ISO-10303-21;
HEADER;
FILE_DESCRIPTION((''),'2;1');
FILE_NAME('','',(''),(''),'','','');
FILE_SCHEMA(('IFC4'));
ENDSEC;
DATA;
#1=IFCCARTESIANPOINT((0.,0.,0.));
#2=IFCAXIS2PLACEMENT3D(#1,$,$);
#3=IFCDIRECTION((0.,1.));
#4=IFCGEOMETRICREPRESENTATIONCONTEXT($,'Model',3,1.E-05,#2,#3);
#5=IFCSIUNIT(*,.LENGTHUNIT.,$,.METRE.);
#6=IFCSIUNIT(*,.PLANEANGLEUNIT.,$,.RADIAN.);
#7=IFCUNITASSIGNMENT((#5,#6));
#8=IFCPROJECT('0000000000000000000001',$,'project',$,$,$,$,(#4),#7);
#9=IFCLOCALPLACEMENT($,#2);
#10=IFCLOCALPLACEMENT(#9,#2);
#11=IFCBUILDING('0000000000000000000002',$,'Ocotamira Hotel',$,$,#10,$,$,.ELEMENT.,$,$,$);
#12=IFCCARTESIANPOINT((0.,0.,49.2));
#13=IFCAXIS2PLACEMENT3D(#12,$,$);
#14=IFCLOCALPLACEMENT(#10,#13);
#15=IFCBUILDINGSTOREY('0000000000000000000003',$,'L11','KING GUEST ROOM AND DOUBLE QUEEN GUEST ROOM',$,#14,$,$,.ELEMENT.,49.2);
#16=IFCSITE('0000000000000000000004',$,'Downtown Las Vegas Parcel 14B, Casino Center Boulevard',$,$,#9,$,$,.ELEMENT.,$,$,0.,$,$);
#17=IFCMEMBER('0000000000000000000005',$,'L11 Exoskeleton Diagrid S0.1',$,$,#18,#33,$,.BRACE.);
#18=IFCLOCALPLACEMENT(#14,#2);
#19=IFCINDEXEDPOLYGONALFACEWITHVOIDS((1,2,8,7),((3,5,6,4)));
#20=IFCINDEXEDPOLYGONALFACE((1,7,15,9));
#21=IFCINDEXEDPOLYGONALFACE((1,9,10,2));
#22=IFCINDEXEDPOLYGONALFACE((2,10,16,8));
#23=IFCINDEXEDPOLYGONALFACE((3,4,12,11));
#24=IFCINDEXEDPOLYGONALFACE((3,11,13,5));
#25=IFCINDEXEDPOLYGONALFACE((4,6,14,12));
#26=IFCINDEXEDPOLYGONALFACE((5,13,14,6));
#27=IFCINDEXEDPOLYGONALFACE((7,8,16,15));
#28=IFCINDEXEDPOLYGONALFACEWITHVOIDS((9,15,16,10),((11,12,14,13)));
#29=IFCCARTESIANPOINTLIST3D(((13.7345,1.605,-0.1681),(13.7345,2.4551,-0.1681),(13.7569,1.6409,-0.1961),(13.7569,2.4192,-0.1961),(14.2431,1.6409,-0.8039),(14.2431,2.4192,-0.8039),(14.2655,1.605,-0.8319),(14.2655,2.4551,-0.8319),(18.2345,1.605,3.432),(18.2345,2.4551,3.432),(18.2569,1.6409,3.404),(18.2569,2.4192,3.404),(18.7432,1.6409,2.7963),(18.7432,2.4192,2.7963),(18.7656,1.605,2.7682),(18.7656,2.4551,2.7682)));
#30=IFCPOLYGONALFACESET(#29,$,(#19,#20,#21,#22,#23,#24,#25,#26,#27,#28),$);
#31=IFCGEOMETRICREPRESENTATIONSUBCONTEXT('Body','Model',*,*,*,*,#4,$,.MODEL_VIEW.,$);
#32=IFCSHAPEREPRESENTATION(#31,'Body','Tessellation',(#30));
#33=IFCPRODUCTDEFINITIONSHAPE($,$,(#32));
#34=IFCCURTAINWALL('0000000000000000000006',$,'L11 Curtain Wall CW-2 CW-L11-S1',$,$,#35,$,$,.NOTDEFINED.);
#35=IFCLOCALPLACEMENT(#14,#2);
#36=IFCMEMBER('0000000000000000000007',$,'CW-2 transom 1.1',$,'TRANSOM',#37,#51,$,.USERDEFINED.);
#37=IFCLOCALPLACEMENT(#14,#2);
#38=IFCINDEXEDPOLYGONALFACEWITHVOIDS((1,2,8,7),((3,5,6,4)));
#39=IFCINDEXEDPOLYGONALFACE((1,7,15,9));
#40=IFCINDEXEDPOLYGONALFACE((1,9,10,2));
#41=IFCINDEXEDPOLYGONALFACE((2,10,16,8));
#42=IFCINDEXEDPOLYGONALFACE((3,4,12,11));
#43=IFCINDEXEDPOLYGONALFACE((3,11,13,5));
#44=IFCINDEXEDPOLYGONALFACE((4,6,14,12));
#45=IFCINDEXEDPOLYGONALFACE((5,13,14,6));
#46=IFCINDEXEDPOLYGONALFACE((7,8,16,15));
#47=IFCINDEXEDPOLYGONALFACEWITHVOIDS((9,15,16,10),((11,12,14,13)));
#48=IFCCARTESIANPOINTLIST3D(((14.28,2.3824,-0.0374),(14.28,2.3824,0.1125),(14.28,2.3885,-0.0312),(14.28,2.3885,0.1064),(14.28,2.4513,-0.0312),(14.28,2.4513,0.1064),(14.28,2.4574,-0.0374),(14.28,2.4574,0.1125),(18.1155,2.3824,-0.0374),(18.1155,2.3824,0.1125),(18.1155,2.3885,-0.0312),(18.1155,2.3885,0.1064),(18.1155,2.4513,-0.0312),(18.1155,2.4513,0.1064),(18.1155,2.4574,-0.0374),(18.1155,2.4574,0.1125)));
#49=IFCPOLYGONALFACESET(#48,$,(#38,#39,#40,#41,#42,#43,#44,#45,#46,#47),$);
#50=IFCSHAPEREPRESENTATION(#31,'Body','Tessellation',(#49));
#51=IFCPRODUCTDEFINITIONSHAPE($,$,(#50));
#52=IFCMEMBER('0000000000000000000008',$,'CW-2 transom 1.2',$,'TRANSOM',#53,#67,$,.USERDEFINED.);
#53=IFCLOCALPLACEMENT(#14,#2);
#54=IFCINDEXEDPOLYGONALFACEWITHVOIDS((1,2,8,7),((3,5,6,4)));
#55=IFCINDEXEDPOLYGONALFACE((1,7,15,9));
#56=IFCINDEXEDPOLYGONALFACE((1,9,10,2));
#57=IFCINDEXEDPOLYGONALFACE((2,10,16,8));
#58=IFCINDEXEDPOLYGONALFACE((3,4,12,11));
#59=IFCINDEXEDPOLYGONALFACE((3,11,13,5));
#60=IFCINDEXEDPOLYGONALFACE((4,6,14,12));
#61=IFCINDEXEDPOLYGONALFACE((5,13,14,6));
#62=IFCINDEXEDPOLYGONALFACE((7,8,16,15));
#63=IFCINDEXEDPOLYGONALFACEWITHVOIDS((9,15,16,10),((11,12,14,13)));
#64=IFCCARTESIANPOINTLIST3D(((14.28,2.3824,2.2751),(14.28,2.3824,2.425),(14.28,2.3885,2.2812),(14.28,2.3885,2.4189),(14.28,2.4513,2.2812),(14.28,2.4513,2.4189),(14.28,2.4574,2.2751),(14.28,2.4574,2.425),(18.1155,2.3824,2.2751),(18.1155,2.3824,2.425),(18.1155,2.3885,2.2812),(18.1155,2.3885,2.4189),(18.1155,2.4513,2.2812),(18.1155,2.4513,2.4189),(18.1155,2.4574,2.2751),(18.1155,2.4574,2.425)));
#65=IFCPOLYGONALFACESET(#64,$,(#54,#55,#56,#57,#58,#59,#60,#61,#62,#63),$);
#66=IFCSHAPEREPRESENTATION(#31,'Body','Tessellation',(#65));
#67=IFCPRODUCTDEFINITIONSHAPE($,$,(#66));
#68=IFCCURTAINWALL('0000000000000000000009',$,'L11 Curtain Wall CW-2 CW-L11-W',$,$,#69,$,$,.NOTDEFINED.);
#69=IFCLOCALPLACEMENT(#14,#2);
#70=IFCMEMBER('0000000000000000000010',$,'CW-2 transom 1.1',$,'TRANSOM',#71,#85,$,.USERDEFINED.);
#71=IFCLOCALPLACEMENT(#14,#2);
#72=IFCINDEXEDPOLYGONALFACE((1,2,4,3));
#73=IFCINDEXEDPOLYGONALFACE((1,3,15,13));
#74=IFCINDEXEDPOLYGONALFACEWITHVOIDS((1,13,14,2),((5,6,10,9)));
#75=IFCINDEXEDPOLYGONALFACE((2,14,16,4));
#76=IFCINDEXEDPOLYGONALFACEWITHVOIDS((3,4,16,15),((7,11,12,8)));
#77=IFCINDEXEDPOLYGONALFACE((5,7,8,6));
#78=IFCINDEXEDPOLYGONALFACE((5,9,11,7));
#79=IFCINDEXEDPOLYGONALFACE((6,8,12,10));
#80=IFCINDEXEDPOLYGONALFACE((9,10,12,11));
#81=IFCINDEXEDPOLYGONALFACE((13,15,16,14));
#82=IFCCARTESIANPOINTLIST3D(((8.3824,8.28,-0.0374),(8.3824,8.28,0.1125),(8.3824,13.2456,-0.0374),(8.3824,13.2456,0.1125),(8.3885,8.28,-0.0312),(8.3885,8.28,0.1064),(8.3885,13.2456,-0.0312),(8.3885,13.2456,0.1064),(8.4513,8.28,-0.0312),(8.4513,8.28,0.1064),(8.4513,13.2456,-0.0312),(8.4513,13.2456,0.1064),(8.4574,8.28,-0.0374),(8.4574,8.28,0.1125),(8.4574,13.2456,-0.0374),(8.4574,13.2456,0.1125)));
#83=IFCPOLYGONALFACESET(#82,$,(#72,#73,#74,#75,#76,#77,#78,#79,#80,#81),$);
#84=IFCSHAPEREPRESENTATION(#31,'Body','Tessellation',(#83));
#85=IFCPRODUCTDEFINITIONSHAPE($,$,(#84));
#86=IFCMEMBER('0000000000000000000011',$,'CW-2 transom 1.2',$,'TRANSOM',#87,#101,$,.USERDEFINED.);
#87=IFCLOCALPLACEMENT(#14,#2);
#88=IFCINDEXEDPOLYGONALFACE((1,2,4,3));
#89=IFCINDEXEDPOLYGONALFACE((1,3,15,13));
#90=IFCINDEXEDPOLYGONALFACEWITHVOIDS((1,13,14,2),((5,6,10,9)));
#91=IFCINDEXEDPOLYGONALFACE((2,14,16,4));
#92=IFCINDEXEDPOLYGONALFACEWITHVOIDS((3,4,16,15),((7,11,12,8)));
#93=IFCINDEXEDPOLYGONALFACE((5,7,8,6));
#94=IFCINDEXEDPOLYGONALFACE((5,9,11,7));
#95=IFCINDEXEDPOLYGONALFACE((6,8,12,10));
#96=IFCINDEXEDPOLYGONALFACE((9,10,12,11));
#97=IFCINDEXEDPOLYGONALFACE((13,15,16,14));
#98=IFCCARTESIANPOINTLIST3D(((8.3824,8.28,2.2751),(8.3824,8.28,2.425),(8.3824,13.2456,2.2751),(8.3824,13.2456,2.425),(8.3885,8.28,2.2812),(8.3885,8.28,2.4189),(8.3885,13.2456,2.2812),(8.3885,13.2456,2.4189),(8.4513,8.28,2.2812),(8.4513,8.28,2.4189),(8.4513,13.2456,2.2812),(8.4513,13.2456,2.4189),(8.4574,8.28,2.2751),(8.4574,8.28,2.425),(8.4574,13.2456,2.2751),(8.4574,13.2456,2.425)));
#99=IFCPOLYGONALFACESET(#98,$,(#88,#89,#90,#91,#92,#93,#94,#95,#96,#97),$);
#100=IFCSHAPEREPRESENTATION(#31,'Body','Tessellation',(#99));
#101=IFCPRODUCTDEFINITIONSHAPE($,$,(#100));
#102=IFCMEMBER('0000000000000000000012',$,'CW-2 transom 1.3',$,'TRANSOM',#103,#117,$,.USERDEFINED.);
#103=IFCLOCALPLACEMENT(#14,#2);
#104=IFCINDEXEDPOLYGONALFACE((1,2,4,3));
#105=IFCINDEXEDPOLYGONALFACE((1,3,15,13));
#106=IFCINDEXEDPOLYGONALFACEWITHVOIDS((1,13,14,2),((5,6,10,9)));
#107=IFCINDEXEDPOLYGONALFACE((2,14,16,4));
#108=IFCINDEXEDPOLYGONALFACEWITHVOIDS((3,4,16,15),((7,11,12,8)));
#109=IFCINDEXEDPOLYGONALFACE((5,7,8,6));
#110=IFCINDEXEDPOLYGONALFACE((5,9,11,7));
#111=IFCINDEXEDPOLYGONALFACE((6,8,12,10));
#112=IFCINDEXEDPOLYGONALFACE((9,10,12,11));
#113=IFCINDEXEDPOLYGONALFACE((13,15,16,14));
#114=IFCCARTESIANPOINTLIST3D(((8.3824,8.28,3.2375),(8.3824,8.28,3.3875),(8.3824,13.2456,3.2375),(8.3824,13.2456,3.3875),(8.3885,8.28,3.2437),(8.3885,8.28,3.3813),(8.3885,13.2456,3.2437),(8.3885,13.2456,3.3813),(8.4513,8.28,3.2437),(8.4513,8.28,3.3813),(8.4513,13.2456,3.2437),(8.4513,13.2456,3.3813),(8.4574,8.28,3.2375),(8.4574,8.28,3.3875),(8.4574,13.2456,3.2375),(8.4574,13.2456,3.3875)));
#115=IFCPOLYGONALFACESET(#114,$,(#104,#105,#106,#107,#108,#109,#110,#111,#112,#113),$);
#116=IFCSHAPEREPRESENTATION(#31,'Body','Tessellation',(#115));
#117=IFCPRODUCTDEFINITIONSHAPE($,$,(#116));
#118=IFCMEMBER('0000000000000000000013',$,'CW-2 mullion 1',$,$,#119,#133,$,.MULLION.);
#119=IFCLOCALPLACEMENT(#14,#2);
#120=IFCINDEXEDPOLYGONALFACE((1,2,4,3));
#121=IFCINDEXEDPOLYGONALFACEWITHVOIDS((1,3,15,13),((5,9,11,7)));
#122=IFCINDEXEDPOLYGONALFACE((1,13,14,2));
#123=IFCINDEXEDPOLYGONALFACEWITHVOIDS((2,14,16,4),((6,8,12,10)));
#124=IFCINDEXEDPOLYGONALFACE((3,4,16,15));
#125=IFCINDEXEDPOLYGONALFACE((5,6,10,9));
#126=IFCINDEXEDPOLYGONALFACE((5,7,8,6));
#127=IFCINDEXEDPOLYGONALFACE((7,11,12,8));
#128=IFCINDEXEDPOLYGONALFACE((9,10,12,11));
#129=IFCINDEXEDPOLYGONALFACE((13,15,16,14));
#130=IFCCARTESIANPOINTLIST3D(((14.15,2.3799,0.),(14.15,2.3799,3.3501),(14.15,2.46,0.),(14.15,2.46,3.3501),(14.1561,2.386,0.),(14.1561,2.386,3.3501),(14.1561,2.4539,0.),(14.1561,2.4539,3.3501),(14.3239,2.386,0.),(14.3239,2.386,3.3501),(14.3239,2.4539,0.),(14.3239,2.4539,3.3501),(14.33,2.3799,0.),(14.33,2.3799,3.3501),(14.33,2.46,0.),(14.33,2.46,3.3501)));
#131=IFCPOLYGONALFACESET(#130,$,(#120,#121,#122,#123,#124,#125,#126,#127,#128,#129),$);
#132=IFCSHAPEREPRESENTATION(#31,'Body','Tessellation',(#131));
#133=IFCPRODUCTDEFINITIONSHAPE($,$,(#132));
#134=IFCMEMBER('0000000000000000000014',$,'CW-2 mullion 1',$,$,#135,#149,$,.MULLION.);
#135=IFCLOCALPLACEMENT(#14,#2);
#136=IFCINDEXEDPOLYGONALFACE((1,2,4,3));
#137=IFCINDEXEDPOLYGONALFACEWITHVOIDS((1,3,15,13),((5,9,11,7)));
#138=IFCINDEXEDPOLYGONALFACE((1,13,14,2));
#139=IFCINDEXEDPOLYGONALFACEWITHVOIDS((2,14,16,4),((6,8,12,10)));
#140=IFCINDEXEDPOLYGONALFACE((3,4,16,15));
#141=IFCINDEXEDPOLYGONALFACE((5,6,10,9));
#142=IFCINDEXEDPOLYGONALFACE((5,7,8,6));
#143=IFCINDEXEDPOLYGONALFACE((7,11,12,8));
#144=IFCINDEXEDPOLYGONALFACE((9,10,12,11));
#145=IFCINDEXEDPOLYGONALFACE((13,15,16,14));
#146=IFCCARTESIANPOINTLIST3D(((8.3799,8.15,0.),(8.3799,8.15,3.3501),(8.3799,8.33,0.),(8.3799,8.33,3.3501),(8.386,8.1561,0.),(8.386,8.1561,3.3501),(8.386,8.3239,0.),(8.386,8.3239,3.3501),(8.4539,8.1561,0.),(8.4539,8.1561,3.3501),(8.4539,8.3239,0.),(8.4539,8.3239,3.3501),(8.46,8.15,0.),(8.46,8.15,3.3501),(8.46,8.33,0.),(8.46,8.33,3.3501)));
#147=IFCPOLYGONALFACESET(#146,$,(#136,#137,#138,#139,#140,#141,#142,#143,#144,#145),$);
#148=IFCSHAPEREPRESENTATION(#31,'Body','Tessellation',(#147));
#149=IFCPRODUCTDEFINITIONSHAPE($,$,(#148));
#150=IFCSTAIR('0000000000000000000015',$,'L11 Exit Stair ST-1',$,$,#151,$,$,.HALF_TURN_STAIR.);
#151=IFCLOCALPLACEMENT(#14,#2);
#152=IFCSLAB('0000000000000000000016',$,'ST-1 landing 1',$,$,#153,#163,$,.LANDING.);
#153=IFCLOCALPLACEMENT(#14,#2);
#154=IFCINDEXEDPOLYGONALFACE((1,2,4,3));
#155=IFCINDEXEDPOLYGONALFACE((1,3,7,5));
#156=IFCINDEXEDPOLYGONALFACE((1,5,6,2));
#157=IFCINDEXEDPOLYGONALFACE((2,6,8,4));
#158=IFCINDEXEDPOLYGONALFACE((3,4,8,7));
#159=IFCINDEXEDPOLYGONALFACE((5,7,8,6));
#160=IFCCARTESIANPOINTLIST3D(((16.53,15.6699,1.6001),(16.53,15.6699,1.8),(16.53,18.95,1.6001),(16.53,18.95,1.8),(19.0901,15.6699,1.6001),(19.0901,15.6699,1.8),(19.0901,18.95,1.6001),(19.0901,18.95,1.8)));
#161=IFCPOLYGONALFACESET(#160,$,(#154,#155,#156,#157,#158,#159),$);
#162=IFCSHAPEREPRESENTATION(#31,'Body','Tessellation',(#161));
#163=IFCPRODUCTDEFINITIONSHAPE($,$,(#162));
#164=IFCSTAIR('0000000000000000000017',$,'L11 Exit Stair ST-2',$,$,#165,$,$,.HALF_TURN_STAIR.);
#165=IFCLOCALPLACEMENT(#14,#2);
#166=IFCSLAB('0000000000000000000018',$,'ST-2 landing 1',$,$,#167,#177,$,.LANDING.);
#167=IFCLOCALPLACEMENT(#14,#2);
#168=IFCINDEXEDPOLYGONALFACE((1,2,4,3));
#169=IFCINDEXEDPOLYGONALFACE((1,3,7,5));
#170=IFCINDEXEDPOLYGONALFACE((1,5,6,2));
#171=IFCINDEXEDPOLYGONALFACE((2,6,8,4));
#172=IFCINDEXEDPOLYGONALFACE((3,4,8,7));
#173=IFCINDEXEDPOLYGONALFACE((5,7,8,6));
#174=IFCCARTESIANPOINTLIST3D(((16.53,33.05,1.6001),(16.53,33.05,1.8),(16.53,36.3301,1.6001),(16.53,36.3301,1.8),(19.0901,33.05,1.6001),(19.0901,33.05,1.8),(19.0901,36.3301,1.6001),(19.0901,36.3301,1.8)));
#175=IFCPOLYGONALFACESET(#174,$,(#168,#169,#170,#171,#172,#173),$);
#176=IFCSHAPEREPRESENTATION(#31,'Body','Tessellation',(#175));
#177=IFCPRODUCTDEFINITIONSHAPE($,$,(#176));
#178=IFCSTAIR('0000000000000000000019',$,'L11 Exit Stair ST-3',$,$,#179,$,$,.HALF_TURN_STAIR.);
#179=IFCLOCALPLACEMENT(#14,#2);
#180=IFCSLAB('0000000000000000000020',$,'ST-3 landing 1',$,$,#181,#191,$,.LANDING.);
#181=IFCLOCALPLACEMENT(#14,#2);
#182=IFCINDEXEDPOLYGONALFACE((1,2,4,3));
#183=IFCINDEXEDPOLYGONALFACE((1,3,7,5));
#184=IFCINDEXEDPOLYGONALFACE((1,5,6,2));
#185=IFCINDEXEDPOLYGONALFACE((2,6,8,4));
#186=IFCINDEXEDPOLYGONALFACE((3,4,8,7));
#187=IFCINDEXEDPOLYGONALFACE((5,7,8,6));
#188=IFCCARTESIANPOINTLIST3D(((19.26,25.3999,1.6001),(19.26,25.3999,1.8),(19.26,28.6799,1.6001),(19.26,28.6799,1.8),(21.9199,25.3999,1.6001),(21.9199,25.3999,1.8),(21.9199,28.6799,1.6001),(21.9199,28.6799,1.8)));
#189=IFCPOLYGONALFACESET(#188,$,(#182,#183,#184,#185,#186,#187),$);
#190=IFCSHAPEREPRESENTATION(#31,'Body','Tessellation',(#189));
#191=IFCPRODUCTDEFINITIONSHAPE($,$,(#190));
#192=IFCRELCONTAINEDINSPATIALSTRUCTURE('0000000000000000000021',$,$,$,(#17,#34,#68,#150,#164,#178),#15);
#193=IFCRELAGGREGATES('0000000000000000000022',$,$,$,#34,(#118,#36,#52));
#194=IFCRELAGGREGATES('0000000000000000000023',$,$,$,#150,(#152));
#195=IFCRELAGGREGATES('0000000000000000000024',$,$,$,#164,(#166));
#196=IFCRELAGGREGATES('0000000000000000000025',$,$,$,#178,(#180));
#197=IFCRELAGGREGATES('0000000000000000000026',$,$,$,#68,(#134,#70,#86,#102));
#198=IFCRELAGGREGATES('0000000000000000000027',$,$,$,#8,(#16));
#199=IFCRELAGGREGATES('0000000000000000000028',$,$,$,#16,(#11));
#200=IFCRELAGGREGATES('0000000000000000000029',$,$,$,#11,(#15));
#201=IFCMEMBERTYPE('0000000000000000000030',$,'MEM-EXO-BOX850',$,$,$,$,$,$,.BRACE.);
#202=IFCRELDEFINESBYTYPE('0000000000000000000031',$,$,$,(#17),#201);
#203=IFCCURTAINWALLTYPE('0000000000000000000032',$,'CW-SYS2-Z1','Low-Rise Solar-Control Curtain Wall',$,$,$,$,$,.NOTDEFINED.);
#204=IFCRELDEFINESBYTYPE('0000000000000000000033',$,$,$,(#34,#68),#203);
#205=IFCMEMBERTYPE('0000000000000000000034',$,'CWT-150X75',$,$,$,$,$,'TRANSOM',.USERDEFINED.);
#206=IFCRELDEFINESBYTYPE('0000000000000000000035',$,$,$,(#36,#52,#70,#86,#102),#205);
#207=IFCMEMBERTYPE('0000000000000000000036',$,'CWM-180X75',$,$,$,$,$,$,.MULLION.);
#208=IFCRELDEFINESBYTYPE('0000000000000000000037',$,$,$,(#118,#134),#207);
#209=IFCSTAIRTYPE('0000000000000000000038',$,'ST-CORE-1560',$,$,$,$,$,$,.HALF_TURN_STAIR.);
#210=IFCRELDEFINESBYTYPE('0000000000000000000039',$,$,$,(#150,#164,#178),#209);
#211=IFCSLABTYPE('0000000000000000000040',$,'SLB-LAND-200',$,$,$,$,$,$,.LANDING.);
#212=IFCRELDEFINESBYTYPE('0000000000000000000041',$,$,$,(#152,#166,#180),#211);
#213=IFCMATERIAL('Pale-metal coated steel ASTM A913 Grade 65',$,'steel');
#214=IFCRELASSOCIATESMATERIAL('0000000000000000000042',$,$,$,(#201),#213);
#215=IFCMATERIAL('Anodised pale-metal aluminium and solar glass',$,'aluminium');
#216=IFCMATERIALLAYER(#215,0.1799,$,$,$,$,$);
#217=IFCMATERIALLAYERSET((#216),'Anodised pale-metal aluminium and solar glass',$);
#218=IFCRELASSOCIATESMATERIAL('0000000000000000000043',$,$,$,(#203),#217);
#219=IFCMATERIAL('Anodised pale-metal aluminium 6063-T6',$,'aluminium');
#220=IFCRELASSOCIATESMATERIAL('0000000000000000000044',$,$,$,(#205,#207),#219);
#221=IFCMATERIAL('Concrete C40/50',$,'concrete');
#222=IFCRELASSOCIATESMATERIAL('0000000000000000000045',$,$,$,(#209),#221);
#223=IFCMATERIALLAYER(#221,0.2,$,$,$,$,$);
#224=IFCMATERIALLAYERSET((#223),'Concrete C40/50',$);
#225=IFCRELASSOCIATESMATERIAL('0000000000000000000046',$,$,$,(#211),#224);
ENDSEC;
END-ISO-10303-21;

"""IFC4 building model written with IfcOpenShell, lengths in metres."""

from ifc_helpers import new_model, si_unit, direction, frame, origin, origin_2d, place, context, subcontext, project, spatial, polyline, hollow_rectangle, outline, extrude, source, transform, mapped, material, layer, layer_set, material_profile, profile_set, type_object, element, aggregate, save


model = new_model("IFC4")

# Units and contexts
model_context = context("Model", 3, precision=1e-05, world=origin(), true_north=direction((0.0, 1.0)))
body_context = subcontext(model_context, "Body", "Model", "MODEL_VIEW")
ifc_project = project(units=[si_unit("LENGTHUNIT", "METRE"), si_unit("PLANEANGLEUNIT", "RADIAN")], contexts=[model_context])

# Site, building, storey
site_placement = place(None, origin())
site = spatial("IfcSite", under=ifc_project, at=site_placement, Name="Downtown Las Vegas Parcel 14B, Casino Center Boulevard", CompositionType="ELEMENT", RefElevation=0.0)
building_placement = place(site_placement, origin())
building = spatial("IfcBuilding", under=site, at=building_placement, Name="Ocotamira Hotel", CompositionType="ELEMENT")
storey_placement = place(building_placement, frame((0.0, 0.0, 49.2)))
storey = spatial("IfcBuildingStorey", under=building, at=storey_placement, Name="L11", Description="KING GUEST ROOM AND DOUBLE QUEEN GUEST ROOM", CompositionType="ELEMENT", Elevation=49.2)

# Member
ifc_material_1 = material(Name="Pale-metal coated steel ASTM A913 Grade 65", Category="steel")
ifc_material_profile_1 = material_profile(ifc_material_1, hollow_rectangle(XDim=0.8501, YDim=0.8501, WallThickness=0.0359, at=origin_2d()), Name="BOX850X850X36")
ifc_profile_set_1 = profile_set([ifc_material_profile_1], Name="Pale-metal coated steel ASTM A913 Grade 65")
member_type_1 = type_object("IfcMemberType", Name="MEM-EXO-BOX850", PredefinedType="BRACE", material=ifc_profile_set_1)
shared_shape_1 = source(origin(), body_context, "Body", "SweptSolid", [
    extrude(hollow_rectangle(XDim=0.8501, YDim=0.8501, WallThickness=0.0359, at=origin_2d()), origin(), (0.0, 0.0, 1.0), 5.7629),
])
member_1_placement = place(storey_placement, frame((14.0, 2.03, -0.5), z_axis=(0.780861, 0.0, 0.624705), x_axis=(0.0, 1.0, 0.0)))
element("IfcMember", 1, at=member_1_placement, inside=storey, type_object=member_type_1, Name="L11 Exoskeleton Diagrid S0.1", PredefinedType="BRACE", context=body_context, shape_type="MappedRepresentation", body=[
    mapped(shared_shape_1, transform((0.0, 0.0, 0.0), scale=1.0)),
])

# Curtain walls, members
ifc_material_2 = material(Name="Anodised pale-metal aluminium and solar glass", Category="aluminium")
ifc_layer_1 = layer(ifc_material_2, 0.1799)
ifc_layer_set_1 = layer_set([ifc_layer_1], Name="Anodised pale-metal aluminium and solar glass")
curtain_wall_type = type_object("IfcCurtainWallType", Name="CW-SYS2-Z1", Description="Low-Rise Solar-Control Curtain Wall", PredefinedType="NOTDEFINED", material=ifc_layer_set_1)
curtain_wall_1_placement = place(storey_placement, origin())
curtain_wall_1 = element("IfcCurtainWall", 2, at=curtain_wall_1_placement, inside=storey, type_object=curtain_wall_type, Name="L11 Curtain Wall CW-2 CW-L11-S1", PredefinedType="NOTDEFINED")
ifc_material_3 = material(Name="Anodised pale-metal aluminium 6063-T6", Category="aluminium")
ifc_material_profile_2 = material_profile(ifc_material_3, hollow_rectangle(XDim=0.075, YDim=0.1499, WallThickness=0.0061, at=origin_2d()), Name="HSS150X75X6")
ifc_profile_set_2 = profile_set([ifc_material_profile_2], Name="Anodised pale-metal aluminium 6063-T6")
member_type_2 = type_object("IfcMemberType", Name="CWT-150X75", ElementType="TRANSOM", PredefinedType="USERDEFINED", material=ifc_profile_set_2)
shared_shape_2 = source(origin(), body_context, "Body", "SweptSolid", [
    extrude(hollow_rectangle(XDim=0.075, YDim=0.1499, WallThickness=0.0061, at=origin_2d()), origin(), (0.0, 0.0, 1.0), 3.8354),
])
member_2_placement = place(storey_placement, frame((14.28, 2.4199, 0.0376), z_axis=(1.0, 0.0, 0.0), x_axis=(0.0, 1.0, 0.0)))
member_2 = element("IfcMember", 3, at=member_2_placement, type_object=member_type_2, Name="CW-2 transom 1.1", ObjectType="TRANSOM", PredefinedType="USERDEFINED", context=body_context, shape_type="MappedRepresentation", body=[
    mapped(shared_shape_2, transform((0.0, 0.0, 0.0), scale=1.0)),
])
member_3_placement = place(storey_placement, frame((14.28, 2.4199, 2.3501), z_axis=(1.0, 0.0, 0.0), x_axis=(0.0, 1.0, 0.0)))
member_3 = element("IfcMember", 4, at=member_3_placement, type_object=member_type_2, Name="CW-2 transom 1.2", ObjectType="TRANSOM", PredefinedType="USERDEFINED", context=body_context, shape_type="MappedRepresentation", body=[
    mapped(shared_shape_2, transform((0.0, 0.0, 0.0), scale=1.0)),
])
curtain_wall_2_placement = place(storey_placement, origin())
curtain_wall_2 = element("IfcCurtainWall", 5, at=curtain_wall_2_placement, inside=storey, type_object=curtain_wall_type, Name="L11 Curtain Wall CW-2 CW-L11-W", PredefinedType="NOTDEFINED")
shared_shape_3 = source(origin(), body_context, "Body", "SweptSolid", [
    extrude(hollow_rectangle(XDim=0.075, YDim=0.1499, WallThickness=0.0061, at=origin_2d()), origin(), (0.0, 0.0, 1.0), 4.9656),
])
member_4_placement = place(storey_placement, frame((8.4199, 8.28, 0.0376), z_axis=(0.0, 1.0, 0.0), x_axis=(-1.0, 0.0, 0.0)))
member_4 = element("IfcMember", 6, at=member_4_placement, type_object=member_type_2, Name="CW-2 transom 1.1", ObjectType="TRANSOM", PredefinedType="USERDEFINED", context=body_context, shape_type="MappedRepresentation", body=[
    mapped(shared_shape_3, transform((0.0, 0.0, 0.0), scale=1.0)),
])
member_5_placement = place(storey_placement, frame((8.4199, 8.28, 2.3501), z_axis=(0.0, 1.0, 0.0), x_axis=(-1.0, 0.0, 0.0)))
member_5 = element("IfcMember", 7, at=member_5_placement, type_object=member_type_2, Name="CW-2 transom 1.2", ObjectType="TRANSOM", PredefinedType="USERDEFINED", context=body_context, shape_type="MappedRepresentation", body=[
    mapped(shared_shape_3, transform((0.0, 0.0, 0.0), scale=1.0)),
])
member_6_placement = place(storey_placement, frame((8.4199, 8.28, 3.3125), z_axis=(0.0, 1.0, 0.0), x_axis=(-1.0, 0.0, 0.0)))
member_6 = element("IfcMember", 8, at=member_6_placement, type_object=member_type_2, Name="CW-2 transom 1.3", ObjectType="TRANSOM", PredefinedType="USERDEFINED", context=body_context, shape_type="MappedRepresentation", body=[
    mapped(shared_shape_3, transform((0.0, 0.0, 0.0), scale=1.0)),
])

# Members
ifc_material_profile_3 = material_profile(ifc_material_3, hollow_rectangle(XDim=0.0801, YDim=0.1799, WallThickness=0.0061, at=origin_2d()), Name="HSS180X80X6")
ifc_profile_set_3 = profile_set([ifc_material_profile_3], Name="Anodised pale-metal aluminium 6063-T6")
member_type_3 = type_object("IfcMemberType", Name="CWM-180X75", PredefinedType="MULLION", material=ifc_profile_set_3)
shared_shape_4 = source(origin(), body_context, "Body", "SweptSolid", [
    extrude(hollow_rectangle(XDim=0.0801, YDim=0.1799, WallThickness=0.0061, at=origin_2d()), origin(), (0.0, 0.0, 1.0), 3.3501),
])
member_7_placement = place(storey_placement, frame((14.24, 2.4199, 0.0), z_axis=(0.0, 0.0, 1.0), x_axis=(0.0, 1.0, 0.0)))
member_7 = element("IfcMember", 9, at=member_7_placement, type_object=member_type_3, Name="CW-2 mullion 1", PredefinedType="MULLION", context=body_context, shape_type="MappedRepresentation", body=[
    mapped(shared_shape_4, transform((0.0, 0.0, 0.0), scale=1.0)),
])
aggregate(curtain_wall_1, [member_7, member_2, member_3])
member_8_placement = place(storey_placement, frame((8.4199, 8.24, 0.0), z_axis=(0.0, 0.0, 1.0), x_axis=(-1.0, 0.0, 0.0)))
member_8 = element("IfcMember", 10, at=member_8_placement, type_object=member_type_3, Name="CW-2 mullion 1", PredefinedType="MULLION", context=body_context, shape_type="MappedRepresentation", body=[
    mapped(shared_shape_4, transform((0.0, 0.0, 0.0), scale=1.0)),
])

# Stairs, slabs
ifc_material_4 = material(Name="Concrete C40/50", Category="concrete")
stair_type = type_object("IfcStairType", Name="ST-CORE-1560", PredefinedType="HALF_TURN_STAIR", material=ifc_material_4)
stair_1_placement = place(storey_placement, origin())
stair_1 = element("IfcStair", 11, at=stair_1_placement, inside=storey, type_object=stair_type, Name="L11 Exit Stair ST-1", PredefinedType="HALF_TURN_STAIR")
ifc_layer_2 = layer(ifc_material_4, 0.2)
ifc_layer_set_2 = layer_set([ifc_layer_2], Name="Concrete C40/50")
slab_type_1 = type_object("IfcSlabType", Name="SLB-LAND-200", PredefinedType="LANDING", material=ifc_layer_set_2)
slab_1_placement = place(storey_placement, frame((0.0, 0.0, 1.6001)))
slab_1 = element("IfcSlab", 12, at=slab_1_placement, type_object=slab_type_1, Name="ST-1 landing 1", PredefinedType="LANDING", context=body_context, shape_type="SweptSolid", body=[
    extrude(outline(polyline([(16.53, 15.6699), (19.0901, 15.6699), (19.0901, 18.95), (16.53, 18.95), (16.53, 15.6699)])), origin(), (0.0, 0.0, 1.0), 0.2),
])
aggregate(stair_1, [slab_1])
stair_2_placement = place(storey_placement, origin())
stair_2 = element("IfcStair", 13, at=stair_2_placement, inside=storey, type_object=stair_type, Name="L11 Exit Stair ST-2", PredefinedType="HALF_TURN_STAIR")
slab_2_placement = place(storey_placement, frame((0.0, 0.0, 1.6001)))
slab_2 = element("IfcSlab", 14, at=slab_2_placement, type_object=slab_type_1, Name="ST-2 landing 1", PredefinedType="LANDING", context=body_context, shape_type="SweptSolid", body=[
    extrude(outline(polyline([(16.53, 33.05), (19.0901, 33.05), (19.0901, 36.3301), (16.53, 36.3301), (16.53, 33.05)])), origin(), (0.0, 0.0, 1.0), 0.2),
])
aggregate(stair_2, [slab_2])
stair_3_placement = place(storey_placement, origin())
stair_3 = element("IfcStair", 15, at=stair_3_placement, inside=storey, type_object=stair_type, Name="L11 Exit Stair ST-3", PredefinedType="HALF_TURN_STAIR")
slab_3_placement = place(storey_placement, frame((0.0, 0.0, 1.6001)))
slab_3 = element("IfcSlab", 16, at=slab_3_placement, type_object=slab_type_1, Name="ST-3 landing 1", PredefinedType="LANDING", context=body_context, shape_type="SweptSolid", body=[
    extrude(outline(polyline([(19.26, 25.3999), (21.9199, 25.3999), (21.9199, 28.6799), (19.26, 28.6799), (19.26, 25.3999)])), origin(), (0.0, 0.0, 1.0), 0.2),
])
aggregate(stair_3, [slab_3])

aggregate(curtain_wall_2, [member_8, member_4, member_5, member_6])

save(model, "model.ifc")
